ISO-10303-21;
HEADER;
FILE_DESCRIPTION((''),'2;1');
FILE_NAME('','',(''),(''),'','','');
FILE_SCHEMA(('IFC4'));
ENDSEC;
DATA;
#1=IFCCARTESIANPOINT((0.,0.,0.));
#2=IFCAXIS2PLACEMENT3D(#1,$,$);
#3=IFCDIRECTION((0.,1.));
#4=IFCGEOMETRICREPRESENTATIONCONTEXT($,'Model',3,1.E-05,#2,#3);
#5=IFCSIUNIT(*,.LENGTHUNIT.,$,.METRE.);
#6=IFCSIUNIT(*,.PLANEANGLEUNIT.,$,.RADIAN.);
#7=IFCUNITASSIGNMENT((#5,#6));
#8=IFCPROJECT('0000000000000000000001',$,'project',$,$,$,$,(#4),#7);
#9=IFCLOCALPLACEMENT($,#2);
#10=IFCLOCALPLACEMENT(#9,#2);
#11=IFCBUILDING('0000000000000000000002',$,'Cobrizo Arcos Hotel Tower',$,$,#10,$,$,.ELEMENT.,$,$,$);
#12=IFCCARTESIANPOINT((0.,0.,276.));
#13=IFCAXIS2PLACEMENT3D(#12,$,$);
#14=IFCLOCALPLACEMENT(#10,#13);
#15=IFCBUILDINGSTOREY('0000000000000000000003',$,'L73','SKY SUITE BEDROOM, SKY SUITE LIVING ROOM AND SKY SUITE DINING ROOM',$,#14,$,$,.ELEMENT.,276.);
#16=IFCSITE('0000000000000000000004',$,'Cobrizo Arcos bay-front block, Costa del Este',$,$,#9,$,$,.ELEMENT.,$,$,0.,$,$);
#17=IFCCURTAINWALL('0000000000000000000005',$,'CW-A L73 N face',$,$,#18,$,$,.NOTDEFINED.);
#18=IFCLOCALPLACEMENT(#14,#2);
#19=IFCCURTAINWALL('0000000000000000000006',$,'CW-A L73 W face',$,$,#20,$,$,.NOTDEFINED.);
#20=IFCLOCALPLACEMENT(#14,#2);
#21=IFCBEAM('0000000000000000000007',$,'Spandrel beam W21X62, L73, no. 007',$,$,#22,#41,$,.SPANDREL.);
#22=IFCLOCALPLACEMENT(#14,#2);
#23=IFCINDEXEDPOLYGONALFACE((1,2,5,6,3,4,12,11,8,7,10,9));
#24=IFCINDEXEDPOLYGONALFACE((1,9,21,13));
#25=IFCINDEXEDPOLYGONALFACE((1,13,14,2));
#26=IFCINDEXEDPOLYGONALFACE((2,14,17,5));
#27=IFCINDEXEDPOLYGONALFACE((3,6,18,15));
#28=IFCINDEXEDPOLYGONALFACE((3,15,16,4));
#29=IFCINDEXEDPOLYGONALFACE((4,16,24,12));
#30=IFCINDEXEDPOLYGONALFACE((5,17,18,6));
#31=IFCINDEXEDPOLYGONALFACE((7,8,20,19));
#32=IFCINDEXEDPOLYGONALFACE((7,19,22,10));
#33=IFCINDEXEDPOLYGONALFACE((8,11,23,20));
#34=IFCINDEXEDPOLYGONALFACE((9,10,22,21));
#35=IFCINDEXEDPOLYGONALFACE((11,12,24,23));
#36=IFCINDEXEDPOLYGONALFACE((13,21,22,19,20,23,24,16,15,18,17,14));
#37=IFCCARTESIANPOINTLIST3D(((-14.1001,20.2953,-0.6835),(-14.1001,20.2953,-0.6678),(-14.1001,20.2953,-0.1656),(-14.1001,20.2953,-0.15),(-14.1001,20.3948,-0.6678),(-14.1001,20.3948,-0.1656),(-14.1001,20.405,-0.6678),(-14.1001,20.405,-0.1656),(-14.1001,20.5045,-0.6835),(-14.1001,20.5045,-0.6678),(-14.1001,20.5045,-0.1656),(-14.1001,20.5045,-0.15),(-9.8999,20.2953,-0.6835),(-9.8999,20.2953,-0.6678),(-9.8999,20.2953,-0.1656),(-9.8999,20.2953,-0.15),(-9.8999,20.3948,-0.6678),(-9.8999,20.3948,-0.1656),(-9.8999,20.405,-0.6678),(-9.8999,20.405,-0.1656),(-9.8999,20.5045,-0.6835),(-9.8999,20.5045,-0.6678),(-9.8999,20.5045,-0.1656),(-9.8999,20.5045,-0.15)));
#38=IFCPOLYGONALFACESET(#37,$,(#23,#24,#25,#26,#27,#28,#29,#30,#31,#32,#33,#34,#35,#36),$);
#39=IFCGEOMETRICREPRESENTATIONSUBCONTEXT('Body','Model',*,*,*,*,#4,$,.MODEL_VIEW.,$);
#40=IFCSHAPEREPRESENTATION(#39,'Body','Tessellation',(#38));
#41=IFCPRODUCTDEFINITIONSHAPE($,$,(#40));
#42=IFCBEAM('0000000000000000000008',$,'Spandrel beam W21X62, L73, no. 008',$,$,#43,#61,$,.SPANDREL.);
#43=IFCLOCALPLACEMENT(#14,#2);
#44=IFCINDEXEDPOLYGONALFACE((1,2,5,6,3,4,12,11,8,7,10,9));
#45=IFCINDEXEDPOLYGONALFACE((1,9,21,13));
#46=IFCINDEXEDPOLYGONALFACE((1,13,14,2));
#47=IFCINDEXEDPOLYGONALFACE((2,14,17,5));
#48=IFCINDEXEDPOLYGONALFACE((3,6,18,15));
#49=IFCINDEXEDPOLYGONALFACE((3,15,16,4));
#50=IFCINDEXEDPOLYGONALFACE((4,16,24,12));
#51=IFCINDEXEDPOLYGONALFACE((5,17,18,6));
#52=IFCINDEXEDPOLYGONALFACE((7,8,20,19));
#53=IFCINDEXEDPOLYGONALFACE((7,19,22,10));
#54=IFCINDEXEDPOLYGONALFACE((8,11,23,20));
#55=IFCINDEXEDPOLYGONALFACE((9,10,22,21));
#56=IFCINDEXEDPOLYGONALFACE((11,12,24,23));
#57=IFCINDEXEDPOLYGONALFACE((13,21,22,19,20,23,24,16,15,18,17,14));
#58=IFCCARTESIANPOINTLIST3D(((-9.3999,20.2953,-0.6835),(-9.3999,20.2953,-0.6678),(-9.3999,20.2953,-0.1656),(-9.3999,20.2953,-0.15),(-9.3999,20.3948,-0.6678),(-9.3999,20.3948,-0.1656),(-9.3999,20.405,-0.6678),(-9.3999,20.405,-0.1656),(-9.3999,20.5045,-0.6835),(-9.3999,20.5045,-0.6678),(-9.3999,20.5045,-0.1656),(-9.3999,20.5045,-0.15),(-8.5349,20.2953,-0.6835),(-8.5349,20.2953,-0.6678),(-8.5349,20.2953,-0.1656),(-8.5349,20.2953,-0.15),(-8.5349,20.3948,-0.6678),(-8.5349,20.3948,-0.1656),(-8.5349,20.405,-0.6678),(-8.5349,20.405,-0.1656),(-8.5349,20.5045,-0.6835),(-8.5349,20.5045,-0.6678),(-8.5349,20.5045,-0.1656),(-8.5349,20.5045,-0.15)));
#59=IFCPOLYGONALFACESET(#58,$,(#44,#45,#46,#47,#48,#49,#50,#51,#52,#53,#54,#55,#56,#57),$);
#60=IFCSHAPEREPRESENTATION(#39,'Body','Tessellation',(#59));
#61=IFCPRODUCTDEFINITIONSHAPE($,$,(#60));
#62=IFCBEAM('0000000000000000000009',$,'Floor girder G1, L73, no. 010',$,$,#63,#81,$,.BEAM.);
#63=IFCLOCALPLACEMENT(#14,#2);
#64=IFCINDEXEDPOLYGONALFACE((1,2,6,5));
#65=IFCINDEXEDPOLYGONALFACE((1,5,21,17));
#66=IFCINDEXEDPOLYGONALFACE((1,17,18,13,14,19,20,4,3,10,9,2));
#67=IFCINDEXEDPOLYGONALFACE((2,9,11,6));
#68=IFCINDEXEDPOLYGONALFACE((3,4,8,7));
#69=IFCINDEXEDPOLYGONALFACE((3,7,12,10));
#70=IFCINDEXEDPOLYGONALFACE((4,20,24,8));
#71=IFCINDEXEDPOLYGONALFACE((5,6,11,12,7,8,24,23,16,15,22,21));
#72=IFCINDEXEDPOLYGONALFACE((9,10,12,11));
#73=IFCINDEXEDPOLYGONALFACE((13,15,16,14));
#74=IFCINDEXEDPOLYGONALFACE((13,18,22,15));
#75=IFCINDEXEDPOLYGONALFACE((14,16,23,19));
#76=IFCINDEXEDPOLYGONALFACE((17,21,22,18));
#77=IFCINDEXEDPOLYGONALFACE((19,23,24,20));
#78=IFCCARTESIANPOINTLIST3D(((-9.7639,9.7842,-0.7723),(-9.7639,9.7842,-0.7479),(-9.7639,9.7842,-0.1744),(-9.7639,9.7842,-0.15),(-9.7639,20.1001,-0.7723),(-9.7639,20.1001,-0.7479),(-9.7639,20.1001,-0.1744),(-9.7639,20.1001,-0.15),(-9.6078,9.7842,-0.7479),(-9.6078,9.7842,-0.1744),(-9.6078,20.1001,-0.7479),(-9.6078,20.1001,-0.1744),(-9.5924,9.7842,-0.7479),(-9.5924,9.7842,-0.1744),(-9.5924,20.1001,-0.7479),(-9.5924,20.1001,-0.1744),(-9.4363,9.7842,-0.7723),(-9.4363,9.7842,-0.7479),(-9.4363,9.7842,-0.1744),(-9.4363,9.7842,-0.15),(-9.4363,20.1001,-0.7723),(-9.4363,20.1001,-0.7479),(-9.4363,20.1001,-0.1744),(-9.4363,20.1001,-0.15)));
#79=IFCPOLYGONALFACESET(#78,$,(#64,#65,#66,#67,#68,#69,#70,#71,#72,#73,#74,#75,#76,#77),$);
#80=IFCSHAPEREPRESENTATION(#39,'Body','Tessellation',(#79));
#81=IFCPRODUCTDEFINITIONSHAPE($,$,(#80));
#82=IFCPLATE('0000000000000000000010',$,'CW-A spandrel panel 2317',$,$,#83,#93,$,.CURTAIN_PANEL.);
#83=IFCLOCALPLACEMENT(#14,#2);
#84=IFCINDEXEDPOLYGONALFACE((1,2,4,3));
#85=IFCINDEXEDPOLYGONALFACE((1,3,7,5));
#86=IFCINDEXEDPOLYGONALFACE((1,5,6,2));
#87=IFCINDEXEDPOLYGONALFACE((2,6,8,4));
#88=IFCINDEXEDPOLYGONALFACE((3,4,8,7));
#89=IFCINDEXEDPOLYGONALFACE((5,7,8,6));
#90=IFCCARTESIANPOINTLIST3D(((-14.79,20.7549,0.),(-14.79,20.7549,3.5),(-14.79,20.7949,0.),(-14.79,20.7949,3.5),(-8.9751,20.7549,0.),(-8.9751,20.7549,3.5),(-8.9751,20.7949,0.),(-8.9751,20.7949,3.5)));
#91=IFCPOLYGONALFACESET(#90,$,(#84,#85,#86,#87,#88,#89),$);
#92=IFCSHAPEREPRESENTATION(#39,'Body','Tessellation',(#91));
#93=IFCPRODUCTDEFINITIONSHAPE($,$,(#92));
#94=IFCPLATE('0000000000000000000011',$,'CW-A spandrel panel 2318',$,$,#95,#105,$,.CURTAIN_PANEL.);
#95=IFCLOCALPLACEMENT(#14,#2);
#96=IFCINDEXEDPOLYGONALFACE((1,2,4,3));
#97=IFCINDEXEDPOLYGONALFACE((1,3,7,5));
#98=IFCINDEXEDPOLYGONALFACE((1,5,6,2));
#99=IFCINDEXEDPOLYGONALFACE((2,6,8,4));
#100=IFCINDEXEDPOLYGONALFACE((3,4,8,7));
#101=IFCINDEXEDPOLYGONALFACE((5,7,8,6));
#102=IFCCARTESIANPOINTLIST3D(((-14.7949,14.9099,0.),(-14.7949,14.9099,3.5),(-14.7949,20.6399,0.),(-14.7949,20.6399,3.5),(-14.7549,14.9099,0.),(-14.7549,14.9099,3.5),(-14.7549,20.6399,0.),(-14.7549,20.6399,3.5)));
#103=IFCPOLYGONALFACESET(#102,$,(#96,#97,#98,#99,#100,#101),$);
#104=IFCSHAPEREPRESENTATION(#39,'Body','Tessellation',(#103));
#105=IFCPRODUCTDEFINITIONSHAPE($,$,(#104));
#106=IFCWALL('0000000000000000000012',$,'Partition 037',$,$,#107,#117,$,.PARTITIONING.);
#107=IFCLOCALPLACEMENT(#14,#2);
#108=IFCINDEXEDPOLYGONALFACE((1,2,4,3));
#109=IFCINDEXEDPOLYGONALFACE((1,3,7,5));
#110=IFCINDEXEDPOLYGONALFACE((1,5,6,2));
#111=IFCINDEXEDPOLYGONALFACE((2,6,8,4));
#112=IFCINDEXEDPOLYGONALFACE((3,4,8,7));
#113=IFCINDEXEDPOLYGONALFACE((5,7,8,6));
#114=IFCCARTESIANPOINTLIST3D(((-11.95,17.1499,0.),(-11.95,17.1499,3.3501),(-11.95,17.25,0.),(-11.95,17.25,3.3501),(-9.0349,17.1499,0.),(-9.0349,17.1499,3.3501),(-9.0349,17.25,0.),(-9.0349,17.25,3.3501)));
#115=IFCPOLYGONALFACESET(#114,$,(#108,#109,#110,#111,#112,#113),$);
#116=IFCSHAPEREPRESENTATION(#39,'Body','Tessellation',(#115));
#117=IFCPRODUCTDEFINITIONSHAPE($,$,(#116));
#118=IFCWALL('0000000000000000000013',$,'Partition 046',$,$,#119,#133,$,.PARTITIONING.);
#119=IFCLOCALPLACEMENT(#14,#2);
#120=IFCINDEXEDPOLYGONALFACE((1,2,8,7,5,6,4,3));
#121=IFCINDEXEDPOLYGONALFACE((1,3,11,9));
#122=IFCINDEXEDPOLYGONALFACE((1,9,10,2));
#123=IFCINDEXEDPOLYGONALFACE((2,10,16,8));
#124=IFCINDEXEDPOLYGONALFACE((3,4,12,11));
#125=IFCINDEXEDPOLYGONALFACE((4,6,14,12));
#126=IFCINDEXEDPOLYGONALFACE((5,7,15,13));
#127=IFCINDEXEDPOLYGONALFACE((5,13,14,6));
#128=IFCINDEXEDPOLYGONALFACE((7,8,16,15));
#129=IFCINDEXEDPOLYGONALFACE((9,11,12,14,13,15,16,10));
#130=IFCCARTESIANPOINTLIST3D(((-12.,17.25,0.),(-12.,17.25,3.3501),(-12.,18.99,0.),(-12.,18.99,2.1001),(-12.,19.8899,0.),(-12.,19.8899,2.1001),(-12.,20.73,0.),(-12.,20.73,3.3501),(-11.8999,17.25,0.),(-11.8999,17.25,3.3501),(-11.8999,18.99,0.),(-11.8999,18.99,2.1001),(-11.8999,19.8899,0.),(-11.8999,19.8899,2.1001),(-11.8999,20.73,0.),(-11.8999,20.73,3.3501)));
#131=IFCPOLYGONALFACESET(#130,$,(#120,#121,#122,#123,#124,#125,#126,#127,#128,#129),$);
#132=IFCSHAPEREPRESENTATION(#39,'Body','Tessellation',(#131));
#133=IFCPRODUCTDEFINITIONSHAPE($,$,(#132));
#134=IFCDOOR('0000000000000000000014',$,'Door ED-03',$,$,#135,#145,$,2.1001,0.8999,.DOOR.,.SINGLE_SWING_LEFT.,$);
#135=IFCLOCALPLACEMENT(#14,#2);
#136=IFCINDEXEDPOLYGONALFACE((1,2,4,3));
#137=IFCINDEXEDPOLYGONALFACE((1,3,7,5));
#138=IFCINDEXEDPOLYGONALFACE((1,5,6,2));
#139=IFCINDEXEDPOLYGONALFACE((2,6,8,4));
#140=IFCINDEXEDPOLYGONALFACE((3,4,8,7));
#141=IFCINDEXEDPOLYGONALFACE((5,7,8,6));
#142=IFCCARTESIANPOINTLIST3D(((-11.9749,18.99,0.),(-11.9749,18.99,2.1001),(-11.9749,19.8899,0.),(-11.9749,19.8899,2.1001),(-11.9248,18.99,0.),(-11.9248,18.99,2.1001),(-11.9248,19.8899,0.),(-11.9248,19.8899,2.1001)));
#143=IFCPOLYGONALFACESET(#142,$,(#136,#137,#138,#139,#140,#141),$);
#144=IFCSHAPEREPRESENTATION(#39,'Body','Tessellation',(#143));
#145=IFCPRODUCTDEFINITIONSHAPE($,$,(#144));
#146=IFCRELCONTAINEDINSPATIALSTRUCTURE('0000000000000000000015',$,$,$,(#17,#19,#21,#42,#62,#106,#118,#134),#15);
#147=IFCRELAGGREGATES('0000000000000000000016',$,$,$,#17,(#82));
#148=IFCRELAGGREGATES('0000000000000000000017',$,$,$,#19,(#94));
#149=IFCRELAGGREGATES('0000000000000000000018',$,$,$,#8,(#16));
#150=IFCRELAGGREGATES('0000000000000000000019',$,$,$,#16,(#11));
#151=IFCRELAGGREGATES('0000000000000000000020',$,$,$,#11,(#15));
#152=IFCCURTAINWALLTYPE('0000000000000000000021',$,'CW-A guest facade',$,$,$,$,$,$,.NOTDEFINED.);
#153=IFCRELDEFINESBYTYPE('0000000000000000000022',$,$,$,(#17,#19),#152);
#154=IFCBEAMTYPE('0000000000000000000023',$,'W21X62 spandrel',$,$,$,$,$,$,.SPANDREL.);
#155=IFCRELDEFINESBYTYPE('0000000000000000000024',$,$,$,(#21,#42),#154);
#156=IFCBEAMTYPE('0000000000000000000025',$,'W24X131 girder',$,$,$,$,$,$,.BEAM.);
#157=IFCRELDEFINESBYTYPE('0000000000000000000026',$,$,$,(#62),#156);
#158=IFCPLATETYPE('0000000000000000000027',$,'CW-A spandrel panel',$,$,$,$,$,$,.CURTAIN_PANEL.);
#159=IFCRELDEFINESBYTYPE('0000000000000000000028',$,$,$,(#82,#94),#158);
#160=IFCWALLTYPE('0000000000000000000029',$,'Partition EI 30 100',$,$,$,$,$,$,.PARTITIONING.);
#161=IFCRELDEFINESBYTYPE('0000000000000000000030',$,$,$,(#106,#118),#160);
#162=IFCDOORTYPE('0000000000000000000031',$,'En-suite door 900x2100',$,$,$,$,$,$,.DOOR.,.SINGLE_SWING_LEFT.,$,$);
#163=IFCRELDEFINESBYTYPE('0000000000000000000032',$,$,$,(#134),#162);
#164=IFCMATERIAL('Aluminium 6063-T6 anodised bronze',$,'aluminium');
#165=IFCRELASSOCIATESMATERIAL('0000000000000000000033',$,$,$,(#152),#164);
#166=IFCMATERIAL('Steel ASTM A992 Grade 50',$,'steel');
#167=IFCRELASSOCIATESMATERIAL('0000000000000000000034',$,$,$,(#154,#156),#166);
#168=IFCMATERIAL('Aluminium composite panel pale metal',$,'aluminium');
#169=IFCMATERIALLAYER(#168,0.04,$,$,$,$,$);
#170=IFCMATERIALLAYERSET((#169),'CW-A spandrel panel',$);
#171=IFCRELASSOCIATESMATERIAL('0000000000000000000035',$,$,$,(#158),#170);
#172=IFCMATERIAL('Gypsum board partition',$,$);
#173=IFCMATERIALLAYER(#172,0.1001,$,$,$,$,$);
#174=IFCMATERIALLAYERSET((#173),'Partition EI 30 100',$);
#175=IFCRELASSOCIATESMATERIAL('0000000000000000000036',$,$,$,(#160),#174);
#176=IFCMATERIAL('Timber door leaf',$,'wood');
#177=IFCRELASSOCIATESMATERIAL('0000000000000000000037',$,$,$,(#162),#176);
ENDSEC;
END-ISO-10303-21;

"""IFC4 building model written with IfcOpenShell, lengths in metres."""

from ifc_helpers import new_model, si_unit, direction, frame, frame_2d, origin, origin_2d, place, context, subcontext, project, spatial, rectangle, i_section, extrude, material, layer, layer_set, material_profile, profile_set, type_object, element, fill, aggregate, save


model = new_model("IFC4")

# Units and contexts
model_context = context("Model", 3, precision=1e-05, world=origin(), true_north=direction((0.0, 1.0)))
body_context = subcontext(model_context, "Body", "Model", "MODEL_VIEW")
ifc_project = project(units=[si_unit("LENGTHUNIT", "METRE"), si_unit("PLANEANGLEUNIT", "RADIAN")], contexts=[model_context])

# Site, building, storey
site_placement = place(None, origin())
site = spatial("IfcSite", under=ifc_project, at=site_placement, Name="Cobrizo Arcos bay-front block, Costa del Este", CompositionType="ELEMENT", RefElevation=0.0)
building_placement = place(site_placement, origin())
building = spatial("IfcBuilding", under=site, at=building_placement, Name="Cobrizo Arcos Hotel Tower", CompositionType="ELEMENT")
storey_placement = place(building_placement, frame((0.0, 0.0, 276.0)))
storey = spatial("IfcBuildingStorey", under=building, at=storey_placement, Name="L73", Description="SKY SUITE BEDROOM, SKY SUITE LIVING ROOM AND SKY SUITE DINING ROOM", CompositionType="ELEMENT", Elevation=276.0)

# Curtain wall
ifc_material_1 = material(Name="Aluminium 6063-T6 anodised bronze", Category="aluminium")
curtain_wall_type = type_object("IfcCurtainWallType", Name="CW-A guest facade", PredefinedType="NOTDEFINED", material=ifc_material_1)
curtain_wall_1_placement = place(storey_placement, origin())
curtain_wall_1 = element("IfcCurtainWall", 1, at=curtain_wall_1_placement, inside=storey, type_object=curtain_wall_type, Name="CW-A L73 N face", PredefinedType="NOTDEFINED")

# Curtain wall
curtain_wall_2_placement = place(storey_placement, origin())
curtain_wall_2 = element("IfcCurtainWall", 2, at=curtain_wall_2_placement, inside=storey, type_object=curtain_wall_type, Name="CW-A L73 W face", PredefinedType="NOTDEFINED")

# Beams
ifc_material_2 = material(Name="Steel ASTM A992 Grade 50", Category="steel")
ifc_material_profile_1 = material_profile(ifc_material_2, i_section(OverallWidth=0.2092, OverallDepth=0.5334, WebThickness=0.0103, FlangeThickness=0.0156, at=origin_2d()), Name="W21X62")
ifc_profile_set_1 = profile_set([ifc_material_profile_1], Name="Steel ASTM A992 Grade 50")
beam_type_1 = type_object("IfcBeamType", Name="W21X62 spandrel", PredefinedType="SPANDREL", material=ifc_profile_set_1)
beam_1_placement = place(storey_placement, frame((-14.1001, 20.3999, -0.4167), z_axis=(1.0, 0.0, 0.0), x_axis=(0.0, 1.0, 0.0)))
element("IfcBeam", 3, at=beam_1_placement, inside=storey, type_object=beam_type_1, Name="Spandrel beam W21X62, L73, no. 007", PredefinedType="SPANDREL", context=body_context, shape_type="SweptSolid", body=[
    extrude(i_section(OverallWidth=0.2092, OverallDepth=0.5334, WebThickness=0.0103, FlangeThickness=0.0156, at=origin_2d()), origin(), (0.0, 0.0, 1.0), 4.2002),
])
beam_2_placement = place(storey_placement, frame((-9.3999, 20.3999, -0.4167), z_axis=(1.0, 0.0, 0.0), x_axis=(0.0, 1.0, 0.0)))
element("IfcBeam", 4, at=beam_2_placement, inside=storey, type_object=beam_type_1, Name="Spandrel beam W21X62, L73, no. 008", PredefinedType="SPANDREL", context=body_context, shape_type="SweptSolid", body=[
    extrude(i_section(OverallWidth=0.2092, OverallDepth=0.5334, WebThickness=0.0103, FlangeThickness=0.0156, at=origin_2d()), origin(), (0.0, 0.0, 1.0), 0.865),
])
ifc_material_profile_2 = material_profile(ifc_material_2, i_section(OverallWidth=0.3276, OverallDepth=0.6223, WebThickness=0.0154, FlangeThickness=0.0244, at=origin_2d()), Name="W24X131")
ifc_profile_set_2 = profile_set([ifc_material_profile_2], Name="Steel ASTM A992 Grade 50")
beam_type_2 = type_object("IfcBeamType", Name="W24X131 girder", PredefinedType="BEAM", material=ifc_profile_set_2)
beam_3_placement = place(storey_placement, frame((-9.6001, 9.7842, -0.4612), z_axis=(0.0, 1.0, 0.0), x_axis=(-1.0, 0.0, 0.0)))
element("IfcBeam", 5, at=beam_3_placement, inside=storey, type_object=beam_type_2, Name="Floor girder G1, L73, no. 010", PredefinedType="BEAM", context=body_context, shape_type="SweptSolid", body=[
    extrude(i_section(OverallWidth=0.3276, OverallDepth=0.6223, WebThickness=0.0154, FlangeThickness=0.0244, at=origin_2d()), origin(), (0.0, 0.0, 1.0), 10.3159),
])

# Plates
ifc_material_3 = material(Name="Aluminium composite panel pale metal", Category="aluminium")
ifc_layer_1 = layer(ifc_material_3, 0.04)
ifc_layer_set_1 = layer_set([ifc_layer_1], Name="CW-A spandrel panel")
plate_type = type_object("IfcPlateType", Name="CW-A spandrel panel", PredefinedType="CURTAIN_PANEL", material=ifc_layer_set_1)
plate_1_placement = place(storey_placement, frame((-11.8826, 20.7749, 0.0), z_axis=(0.0, 0.0, 1.0), x_axis=(-1.0, 0.0, 0.0)))
plate_1 = element("IfcPlate", 6, at=plate_1_placement, type_object=plate_type, Name="CW-A spandrel panel 2317", PredefinedType="CURTAIN_PANEL", context=body_context, shape_type="SweptSolid", body=[
    extrude(rectangle(XDim=5.8149, YDim=0.04, at=origin_2d()), origin(), (0.0, 0.0, 1.0), 3.5),
])
aggregate(curtain_wall_1, [plate_1])
plate_2_placement = place(storey_placement, frame((-14.7749, 17.7749, 0.0), z_axis=(0.0, 0.0, 1.0), x_axis=(0.0, -1.0, 0.0)))
plate_2 = element("IfcPlate", 7, at=plate_2_placement, type_object=plate_type, Name="CW-A spandrel panel 2318", PredefinedType="CURTAIN_PANEL", context=body_context, shape_type="SweptSolid", body=[
    extrude(rectangle(XDim=5.73, YDim=0.04, at=origin_2d()), origin(), (0.0, 0.0, 1.0), 3.5),
])
aggregate(curtain_wall_2, [plate_2])

# Wall
ifc_material_4 = material(Name="Gypsum board partition")
ifc_layer_2 = layer(ifc_material_4, 0.1001)
ifc_layer_set_2 = layer_set([ifc_layer_2], Name="Partition EI 30 100")
wall_type = type_object("IfcWallType", Name="Partition EI 30 100", PredefinedType="PARTITIONING", material=ifc_layer_set_2)
wall_1_placement = place(storey_placement, frame((-11.95, 17.2, 0.0), z_axis=(0.0, 0.0, 1.0), x_axis=(1.0, 0.0, 0.0)))
element("IfcWall", 8, at=wall_1_placement, inside=storey, type_object=wall_type, Name="Partition 037", PredefinedType="PARTITIONING", context=body_context, shape_type="SweptSolid", body=[
    extrude(rectangle(XDim=2.915, YDim=0.1001, at=frame_2d((1.4575, 0.0))), origin(), (0.0, 0.0, 1.0), 3.3501),
])

# Wall, opening, door
wall_2_placement = place(storey_placement, frame((-11.95, 17.25, 0.0), z_axis=(0.0, 0.0, 1.0), x_axis=(0.0, 1.0, 0.0)))
wall_2 = element("IfcWall", 9, at=wall_2_placement, inside=storey, type_object=wall_type, Name="Partition 046", PredefinedType="PARTITIONING", context=body_context, shape_type="SweptSolid", body=[
    extrude(rectangle(XDim=3.48, YDim=0.1001, at=frame_2d((1.74, 0.0))), origin(), (0.0, 0.0, 1.0), 3.3501),
])
opening_placement = place(wall_2_placement, frame((1.74, 0.0, 0.0)))
opening = element("IfcOpeningElement", 10, at=opening_placement, cuts=wall_2, PredefinedType="OPENING", context=body_context, shape_type="SweptSolid", body=[
    extrude(rectangle(XDim=0.8999, YDim=2.1001, at=frame_2d((0.45, 1.05))), frame((0.0, 0.062, 0.0), z_axis=(0.0, -1.0, 0.0), x_axis=(1.0, 0.0, 0.0)), (0.0, 0.0, 1.0), 0.124),
])
ifc_material_5 = material(Name="Timber door leaf", Category="wood")
door_type = type_object("IfcDoorType", Name="En-suite door 900x2100", OperationType="SINGLE_SWING_LEFT", PredefinedType="DOOR", material=ifc_material_5)
door_placement = place(opening_placement, origin())
door = element("IfcDoor", 11, at=door_placement, inside=storey, type_object=door_type, Name="Door ED-03", OperationType="SINGLE_SWING_LEFT", OverallHeight=2.1001, OverallWidth=0.8999, PredefinedType="DOOR", context=body_context, shape_type="SweptSolid", body=[
    extrude(rectangle(XDim=0.8999, YDim=2.1001, at=frame_2d((0.45, 1.05))), frame((0.0, 0.0249, 0.0), z_axis=(0.0, -1.0, 0.0), x_axis=(1.0, 0.0, 0.0)), (0.0, 0.0, 1.0), 0.05),
])
fill(opening, door)

save(model, "model.ifc")
